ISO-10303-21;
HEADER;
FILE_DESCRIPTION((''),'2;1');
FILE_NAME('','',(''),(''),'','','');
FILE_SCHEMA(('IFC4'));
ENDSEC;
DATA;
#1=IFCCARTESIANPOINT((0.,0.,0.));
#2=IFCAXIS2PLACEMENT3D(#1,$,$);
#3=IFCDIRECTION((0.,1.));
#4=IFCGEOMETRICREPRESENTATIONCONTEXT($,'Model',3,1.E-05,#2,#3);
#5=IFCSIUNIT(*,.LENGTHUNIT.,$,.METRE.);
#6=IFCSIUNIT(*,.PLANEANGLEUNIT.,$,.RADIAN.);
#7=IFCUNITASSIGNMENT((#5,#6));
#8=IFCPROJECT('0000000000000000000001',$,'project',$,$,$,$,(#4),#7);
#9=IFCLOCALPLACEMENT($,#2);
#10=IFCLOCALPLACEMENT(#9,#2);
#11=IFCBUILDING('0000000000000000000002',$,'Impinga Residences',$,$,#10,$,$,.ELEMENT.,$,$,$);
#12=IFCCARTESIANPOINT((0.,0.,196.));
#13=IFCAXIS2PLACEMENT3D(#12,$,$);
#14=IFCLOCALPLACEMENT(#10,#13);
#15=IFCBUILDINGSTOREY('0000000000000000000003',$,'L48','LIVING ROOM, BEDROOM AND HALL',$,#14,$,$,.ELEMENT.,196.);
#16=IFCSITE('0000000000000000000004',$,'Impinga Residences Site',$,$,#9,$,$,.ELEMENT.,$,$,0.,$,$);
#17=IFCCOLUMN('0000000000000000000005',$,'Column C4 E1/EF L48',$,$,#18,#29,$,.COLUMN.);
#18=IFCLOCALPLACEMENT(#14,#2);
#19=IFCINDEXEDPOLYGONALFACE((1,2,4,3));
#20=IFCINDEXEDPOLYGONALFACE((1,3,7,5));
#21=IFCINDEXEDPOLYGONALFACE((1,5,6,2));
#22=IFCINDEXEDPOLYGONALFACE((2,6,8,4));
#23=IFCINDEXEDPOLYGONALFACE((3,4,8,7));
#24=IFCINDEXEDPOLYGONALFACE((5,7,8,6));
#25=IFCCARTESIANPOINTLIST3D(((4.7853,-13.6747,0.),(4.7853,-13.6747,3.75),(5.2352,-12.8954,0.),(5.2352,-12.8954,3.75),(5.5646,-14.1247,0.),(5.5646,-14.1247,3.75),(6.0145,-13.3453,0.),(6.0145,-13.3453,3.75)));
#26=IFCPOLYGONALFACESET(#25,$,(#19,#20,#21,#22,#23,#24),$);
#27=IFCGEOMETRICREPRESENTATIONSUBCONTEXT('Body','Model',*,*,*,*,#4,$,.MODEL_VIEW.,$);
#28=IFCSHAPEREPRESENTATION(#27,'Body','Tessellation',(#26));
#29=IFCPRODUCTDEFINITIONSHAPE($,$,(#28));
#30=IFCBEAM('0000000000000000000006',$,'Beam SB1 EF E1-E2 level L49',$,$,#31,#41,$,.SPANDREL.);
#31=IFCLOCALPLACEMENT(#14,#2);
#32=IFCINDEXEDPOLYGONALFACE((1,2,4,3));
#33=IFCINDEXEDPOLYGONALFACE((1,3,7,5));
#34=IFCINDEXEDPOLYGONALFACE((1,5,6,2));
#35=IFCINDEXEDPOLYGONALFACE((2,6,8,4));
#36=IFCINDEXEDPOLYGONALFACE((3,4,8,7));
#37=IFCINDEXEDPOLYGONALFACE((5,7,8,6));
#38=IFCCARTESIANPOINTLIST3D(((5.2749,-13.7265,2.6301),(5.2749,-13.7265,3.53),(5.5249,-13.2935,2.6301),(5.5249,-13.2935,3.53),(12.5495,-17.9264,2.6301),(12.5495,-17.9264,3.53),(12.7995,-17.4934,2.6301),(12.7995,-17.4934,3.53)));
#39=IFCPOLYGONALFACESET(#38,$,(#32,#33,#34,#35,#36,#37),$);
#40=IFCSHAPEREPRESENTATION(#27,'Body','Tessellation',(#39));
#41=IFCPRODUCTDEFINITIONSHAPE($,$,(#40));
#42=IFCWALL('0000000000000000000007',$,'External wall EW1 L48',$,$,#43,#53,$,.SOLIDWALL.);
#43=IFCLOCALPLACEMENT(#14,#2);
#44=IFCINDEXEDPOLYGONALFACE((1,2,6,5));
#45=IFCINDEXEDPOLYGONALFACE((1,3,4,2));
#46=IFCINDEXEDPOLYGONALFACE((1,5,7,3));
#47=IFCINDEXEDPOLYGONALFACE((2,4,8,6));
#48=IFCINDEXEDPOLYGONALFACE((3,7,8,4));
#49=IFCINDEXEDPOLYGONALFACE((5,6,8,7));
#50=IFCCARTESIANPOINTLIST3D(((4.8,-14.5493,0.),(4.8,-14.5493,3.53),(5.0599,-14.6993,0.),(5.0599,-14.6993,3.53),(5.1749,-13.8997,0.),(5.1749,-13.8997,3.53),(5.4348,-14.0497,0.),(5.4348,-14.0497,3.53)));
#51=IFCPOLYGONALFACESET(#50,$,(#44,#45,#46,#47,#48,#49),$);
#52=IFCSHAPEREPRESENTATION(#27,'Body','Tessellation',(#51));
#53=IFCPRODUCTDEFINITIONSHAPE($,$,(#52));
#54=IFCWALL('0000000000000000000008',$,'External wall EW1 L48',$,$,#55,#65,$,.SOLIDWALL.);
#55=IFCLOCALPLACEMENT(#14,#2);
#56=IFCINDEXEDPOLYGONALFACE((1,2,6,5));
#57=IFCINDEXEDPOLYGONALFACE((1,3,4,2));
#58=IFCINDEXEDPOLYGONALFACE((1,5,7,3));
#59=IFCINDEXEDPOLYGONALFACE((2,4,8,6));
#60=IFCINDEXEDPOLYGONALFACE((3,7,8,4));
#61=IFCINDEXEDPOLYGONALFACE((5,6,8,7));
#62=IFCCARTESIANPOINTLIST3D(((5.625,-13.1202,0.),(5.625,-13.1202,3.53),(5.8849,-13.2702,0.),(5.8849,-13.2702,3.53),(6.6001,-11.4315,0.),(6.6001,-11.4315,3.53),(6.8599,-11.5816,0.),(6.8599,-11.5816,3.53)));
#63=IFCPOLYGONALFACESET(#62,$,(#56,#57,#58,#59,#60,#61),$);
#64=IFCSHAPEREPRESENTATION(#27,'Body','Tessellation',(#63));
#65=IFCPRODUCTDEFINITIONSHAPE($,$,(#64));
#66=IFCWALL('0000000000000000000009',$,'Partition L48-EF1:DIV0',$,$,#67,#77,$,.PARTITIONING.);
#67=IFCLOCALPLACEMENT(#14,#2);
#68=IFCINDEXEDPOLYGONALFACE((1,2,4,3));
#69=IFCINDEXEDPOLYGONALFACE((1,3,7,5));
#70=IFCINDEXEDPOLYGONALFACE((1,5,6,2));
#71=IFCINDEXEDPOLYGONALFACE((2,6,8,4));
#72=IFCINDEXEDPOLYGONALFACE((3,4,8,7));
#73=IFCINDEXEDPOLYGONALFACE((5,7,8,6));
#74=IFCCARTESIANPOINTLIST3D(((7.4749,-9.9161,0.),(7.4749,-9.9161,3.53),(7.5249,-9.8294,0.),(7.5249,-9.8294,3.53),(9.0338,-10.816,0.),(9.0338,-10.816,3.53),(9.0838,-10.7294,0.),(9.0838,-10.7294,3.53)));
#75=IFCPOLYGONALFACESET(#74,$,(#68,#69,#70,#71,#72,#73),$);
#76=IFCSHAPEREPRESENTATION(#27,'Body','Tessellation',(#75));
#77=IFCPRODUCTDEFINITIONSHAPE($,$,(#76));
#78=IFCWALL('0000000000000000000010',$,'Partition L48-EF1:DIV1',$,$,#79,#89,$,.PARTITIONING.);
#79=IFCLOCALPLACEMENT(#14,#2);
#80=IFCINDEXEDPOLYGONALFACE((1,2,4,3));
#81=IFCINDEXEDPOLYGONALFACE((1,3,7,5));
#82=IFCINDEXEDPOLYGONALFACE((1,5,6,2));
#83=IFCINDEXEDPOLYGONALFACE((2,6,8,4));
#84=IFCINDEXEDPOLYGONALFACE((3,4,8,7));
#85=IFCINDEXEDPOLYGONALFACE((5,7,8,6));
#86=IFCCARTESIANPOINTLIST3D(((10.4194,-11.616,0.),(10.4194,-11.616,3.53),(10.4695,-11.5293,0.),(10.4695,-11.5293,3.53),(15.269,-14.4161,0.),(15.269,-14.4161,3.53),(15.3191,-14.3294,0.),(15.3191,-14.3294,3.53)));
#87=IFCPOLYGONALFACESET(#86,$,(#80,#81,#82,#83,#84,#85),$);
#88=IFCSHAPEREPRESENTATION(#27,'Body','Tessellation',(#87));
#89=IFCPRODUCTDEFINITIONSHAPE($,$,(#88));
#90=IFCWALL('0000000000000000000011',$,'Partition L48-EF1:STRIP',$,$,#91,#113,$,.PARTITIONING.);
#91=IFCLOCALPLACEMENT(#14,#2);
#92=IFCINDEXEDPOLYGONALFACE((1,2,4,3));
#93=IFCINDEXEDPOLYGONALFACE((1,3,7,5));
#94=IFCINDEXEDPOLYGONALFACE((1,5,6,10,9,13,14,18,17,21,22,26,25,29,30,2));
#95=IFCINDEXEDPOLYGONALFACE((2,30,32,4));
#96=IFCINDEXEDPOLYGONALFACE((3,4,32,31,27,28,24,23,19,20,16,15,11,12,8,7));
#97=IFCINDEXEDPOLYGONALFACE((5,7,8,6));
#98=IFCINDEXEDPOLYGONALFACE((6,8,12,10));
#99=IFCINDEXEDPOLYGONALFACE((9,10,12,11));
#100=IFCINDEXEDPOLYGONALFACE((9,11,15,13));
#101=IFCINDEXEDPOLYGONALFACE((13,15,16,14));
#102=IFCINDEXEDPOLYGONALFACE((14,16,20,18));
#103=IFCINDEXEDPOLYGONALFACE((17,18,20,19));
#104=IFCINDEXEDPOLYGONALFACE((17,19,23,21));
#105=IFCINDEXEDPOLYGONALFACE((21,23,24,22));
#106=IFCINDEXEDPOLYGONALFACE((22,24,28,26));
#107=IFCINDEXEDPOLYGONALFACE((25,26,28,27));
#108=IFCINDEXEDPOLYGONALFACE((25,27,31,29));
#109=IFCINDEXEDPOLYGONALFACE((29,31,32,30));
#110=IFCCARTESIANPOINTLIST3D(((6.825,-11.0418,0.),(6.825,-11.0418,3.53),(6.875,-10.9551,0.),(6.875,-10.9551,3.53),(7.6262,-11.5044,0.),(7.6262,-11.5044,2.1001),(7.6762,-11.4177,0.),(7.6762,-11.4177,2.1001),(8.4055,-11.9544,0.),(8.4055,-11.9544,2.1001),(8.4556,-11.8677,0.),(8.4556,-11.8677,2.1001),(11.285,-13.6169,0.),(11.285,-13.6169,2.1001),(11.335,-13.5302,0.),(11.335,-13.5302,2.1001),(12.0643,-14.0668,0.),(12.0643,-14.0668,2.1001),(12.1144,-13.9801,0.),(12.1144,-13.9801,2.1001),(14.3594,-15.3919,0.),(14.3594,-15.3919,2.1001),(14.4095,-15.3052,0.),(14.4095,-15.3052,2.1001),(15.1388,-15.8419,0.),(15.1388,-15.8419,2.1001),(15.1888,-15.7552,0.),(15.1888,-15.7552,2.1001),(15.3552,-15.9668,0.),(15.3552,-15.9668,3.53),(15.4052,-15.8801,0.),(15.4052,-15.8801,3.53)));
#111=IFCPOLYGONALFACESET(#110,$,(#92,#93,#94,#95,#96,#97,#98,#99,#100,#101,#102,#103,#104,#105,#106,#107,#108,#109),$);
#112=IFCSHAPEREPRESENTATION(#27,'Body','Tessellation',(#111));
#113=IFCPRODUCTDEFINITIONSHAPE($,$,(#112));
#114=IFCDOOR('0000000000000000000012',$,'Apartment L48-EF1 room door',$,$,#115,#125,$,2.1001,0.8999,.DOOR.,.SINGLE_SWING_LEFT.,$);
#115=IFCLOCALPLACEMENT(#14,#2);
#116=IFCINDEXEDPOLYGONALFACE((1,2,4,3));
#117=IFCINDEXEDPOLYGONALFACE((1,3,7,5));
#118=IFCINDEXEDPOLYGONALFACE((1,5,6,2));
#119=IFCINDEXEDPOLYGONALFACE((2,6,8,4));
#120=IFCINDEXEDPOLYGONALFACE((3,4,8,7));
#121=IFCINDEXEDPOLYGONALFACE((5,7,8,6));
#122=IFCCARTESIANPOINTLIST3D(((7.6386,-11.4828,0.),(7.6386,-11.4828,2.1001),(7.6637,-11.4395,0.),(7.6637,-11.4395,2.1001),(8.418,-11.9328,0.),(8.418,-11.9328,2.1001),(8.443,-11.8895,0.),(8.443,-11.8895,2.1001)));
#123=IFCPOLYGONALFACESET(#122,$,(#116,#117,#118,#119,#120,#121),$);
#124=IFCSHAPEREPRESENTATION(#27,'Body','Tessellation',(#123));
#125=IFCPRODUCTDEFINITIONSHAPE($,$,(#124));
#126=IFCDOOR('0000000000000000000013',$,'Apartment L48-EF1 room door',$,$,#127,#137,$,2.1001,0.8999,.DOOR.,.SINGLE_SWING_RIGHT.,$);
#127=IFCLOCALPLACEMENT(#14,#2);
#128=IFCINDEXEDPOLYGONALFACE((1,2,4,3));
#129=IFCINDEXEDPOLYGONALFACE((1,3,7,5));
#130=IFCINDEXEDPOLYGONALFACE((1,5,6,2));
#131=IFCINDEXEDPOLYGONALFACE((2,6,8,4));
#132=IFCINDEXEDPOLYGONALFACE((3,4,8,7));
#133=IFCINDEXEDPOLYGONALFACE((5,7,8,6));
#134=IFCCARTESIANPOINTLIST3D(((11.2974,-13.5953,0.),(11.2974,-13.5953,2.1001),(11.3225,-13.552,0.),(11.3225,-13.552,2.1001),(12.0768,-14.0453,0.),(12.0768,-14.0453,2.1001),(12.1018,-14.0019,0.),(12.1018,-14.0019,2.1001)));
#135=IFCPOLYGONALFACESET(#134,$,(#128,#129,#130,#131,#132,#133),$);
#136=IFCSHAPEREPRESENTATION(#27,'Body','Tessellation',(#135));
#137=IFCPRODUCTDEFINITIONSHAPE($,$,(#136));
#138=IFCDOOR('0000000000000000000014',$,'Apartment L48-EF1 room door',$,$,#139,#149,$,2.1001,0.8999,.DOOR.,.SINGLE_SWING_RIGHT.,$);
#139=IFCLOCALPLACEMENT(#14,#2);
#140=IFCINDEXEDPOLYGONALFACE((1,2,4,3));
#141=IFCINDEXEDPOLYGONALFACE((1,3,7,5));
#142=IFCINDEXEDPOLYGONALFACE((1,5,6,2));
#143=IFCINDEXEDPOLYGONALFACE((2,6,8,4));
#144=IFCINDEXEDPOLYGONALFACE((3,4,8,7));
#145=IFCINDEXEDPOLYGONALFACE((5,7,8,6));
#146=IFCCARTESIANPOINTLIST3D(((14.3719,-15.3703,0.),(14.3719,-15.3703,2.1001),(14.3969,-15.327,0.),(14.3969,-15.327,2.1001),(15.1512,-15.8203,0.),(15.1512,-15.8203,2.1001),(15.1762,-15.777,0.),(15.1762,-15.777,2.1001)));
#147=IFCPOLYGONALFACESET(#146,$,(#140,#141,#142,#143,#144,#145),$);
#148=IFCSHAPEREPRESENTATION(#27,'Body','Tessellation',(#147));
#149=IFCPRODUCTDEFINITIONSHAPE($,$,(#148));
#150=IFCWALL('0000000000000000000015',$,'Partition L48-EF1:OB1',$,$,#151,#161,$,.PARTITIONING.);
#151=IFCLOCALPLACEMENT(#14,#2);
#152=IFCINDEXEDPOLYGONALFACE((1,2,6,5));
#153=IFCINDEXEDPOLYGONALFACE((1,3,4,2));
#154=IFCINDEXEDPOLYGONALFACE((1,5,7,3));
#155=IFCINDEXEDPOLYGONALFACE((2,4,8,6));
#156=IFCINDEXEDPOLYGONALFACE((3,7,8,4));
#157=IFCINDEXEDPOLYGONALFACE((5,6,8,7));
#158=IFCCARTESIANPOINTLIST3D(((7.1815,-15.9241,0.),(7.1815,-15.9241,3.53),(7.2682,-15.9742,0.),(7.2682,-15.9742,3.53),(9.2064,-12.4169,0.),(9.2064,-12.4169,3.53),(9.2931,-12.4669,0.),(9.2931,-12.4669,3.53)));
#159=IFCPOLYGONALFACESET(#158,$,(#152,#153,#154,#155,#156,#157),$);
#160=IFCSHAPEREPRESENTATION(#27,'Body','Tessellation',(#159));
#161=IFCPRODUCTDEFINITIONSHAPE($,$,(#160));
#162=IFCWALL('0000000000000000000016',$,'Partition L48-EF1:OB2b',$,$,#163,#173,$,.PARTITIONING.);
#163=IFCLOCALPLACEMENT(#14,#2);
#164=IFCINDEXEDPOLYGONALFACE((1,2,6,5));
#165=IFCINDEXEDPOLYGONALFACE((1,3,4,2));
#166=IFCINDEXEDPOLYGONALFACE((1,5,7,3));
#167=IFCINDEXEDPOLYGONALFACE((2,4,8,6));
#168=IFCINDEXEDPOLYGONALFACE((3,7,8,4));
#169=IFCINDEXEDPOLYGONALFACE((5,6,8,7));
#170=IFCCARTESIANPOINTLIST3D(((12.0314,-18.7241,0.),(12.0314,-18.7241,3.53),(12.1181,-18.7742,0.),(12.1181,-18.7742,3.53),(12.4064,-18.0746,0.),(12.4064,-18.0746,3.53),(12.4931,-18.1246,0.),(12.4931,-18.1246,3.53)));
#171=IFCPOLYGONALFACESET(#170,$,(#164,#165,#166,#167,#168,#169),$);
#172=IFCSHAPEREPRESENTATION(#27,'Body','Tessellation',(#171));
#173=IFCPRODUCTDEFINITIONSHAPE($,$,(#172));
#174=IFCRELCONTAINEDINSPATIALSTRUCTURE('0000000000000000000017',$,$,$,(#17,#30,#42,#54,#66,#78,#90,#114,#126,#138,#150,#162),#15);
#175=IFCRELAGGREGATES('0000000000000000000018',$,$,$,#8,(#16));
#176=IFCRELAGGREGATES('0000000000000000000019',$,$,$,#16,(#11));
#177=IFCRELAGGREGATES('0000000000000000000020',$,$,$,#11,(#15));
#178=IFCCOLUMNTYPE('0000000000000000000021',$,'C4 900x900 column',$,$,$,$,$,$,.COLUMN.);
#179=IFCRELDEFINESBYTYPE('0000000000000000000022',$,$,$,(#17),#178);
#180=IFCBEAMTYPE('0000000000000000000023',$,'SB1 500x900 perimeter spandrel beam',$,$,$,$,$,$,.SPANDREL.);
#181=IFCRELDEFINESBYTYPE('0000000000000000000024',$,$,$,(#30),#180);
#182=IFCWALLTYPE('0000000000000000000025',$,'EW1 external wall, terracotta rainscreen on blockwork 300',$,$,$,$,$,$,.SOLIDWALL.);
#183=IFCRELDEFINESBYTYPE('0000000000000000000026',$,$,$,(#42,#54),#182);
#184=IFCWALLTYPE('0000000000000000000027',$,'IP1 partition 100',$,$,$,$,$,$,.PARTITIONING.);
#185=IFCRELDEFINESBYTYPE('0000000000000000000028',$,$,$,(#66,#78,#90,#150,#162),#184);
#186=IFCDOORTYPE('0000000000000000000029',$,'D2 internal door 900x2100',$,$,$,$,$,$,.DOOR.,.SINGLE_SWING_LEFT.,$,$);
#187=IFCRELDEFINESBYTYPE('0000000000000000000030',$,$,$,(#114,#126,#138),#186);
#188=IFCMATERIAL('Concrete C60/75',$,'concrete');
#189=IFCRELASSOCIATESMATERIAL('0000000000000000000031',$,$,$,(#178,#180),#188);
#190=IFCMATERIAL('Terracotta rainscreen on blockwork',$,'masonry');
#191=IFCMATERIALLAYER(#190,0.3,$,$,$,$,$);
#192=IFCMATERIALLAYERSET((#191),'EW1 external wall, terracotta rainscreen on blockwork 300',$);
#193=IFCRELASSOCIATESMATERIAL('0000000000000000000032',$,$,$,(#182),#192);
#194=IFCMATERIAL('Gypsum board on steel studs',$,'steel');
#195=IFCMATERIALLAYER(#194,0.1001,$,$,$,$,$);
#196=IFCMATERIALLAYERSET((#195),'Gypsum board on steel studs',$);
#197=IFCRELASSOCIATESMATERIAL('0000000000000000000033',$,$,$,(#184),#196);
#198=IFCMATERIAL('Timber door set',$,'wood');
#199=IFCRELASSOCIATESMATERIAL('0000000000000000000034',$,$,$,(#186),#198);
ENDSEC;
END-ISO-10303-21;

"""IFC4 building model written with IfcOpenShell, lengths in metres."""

from ifc_helpers import new_model, si_unit, direction, frame, frame_2d, origin, origin_2d, place, context, subcontext, project, spatial, rectangle, extrude, material, layer, layer_set, material_profile, profile_set, type_object, element, fill, save


model = new_model("IFC4")

# Units and contexts
model_context = context("Model", 3, precision=1e-05, world=origin(), true_north=direction((0.0, 1.0)))
body_context = subcontext(model_context, "Body", "Model", "MODEL_VIEW")
ifc_project = project(units=[si_unit("LENGTHUNIT", "METRE"), si_unit("PLANEANGLEUNIT", "RADIAN")], contexts=[model_context])

# Site, building, storey
site_placement = place(None, origin())
site = spatial("IfcSite", under=ifc_project, at=site_placement, Name="Impinga Residences Site", CompositionType="ELEMENT", RefElevation=0.0)
building_placement = place(site_placement, origin())
building = spatial("IfcBuilding", under=site, at=building_placement, Name="Impinga Residences", CompositionType="ELEMENT")
storey_placement = place(building_placement, frame((0.0, 0.0, 196.0)))
storey = spatial("IfcBuildingStorey", under=building, at=storey_placement, Name="L48", Description="LIVING ROOM, BEDROOM AND HALL", CompositionType="ELEMENT", Elevation=196.0)

# Column
ifc_material_1 = material(Name="Concrete C60/75", Category="concrete")
ifc_material_profile_1 = material_profile(ifc_material_1, rectangle(XDim=0.8999, YDim=0.8999, at=origin_2d()), Name="RC 900x900")
ifc_profile_set_1 = profile_set([ifc_material_profile_1], Name="Concrete C60/75")
column_type = type_object("IfcColumnType", Name="C4 900x900 column", PredefinedType="COLUMN", material=ifc_profile_set_1)
column_placement = place(storey_placement, frame((5.3999, -13.51, 0.0), z_axis=(0.0, 0.0, 1.0), x_axis=(-0.5, -0.866025, 0.0)))
element("IfcColumn", 1, at=column_placement, inside=storey, type_object=column_type, Name="Column C4 E1/EF L48", PredefinedType="COLUMN", context=body_context, shape_type="SweptSolid", body=[
    extrude(rectangle(XDim=0.8999, YDim=0.8999, at=origin_2d()), origin(), (0.0, 0.0, 1.0), 3.75),
])

# Beam
ifc_material_profile_2 = material_profile(ifc_material_1, rectangle(XDim=0.5, YDim=0.8999, at=origin_2d()), Name="RC 500x900")
ifc_profile_set_2 = profile_set([ifc_material_profile_2], Name="Concrete C60/75")
beam_type = type_object("IfcBeamType", Name="SB1 500x900 perimeter spandrel beam", PredefinedType="SPANDREL", material=ifc_profile_set_2)
beam_placement = place(storey_placement, frame((5.3999, -13.51, 3.0801), z_axis=(0.866029, -0.499993, 0.0), x_axis=(0.499993, 0.866029, 0.0)))
element("IfcBeam", 2, at=beam_placement, inside=storey, type_object=beam_type, Name="Beam SB1 EF E1-E2 level L49", PredefinedType="SPANDREL", context=body_context, shape_type="SweptSolid", body=[
    extrude(rectangle(XDim=0.5, YDim=0.8999, at=origin_2d()), origin(), (0.0, 0.0, 1.0), 8.3999),
])

# Walls
ifc_material_2 = material(Name="Terracotta rainscreen on blockwork", Category="masonry")
ifc_layer_1 = layer(ifc_material_2, 0.3)
ifc_layer_set_1 = layer_set([ifc_layer_1], Name="EW1 external wall, terracotta rainscreen on blockwork 300")
wall_type_1 = type_object("IfcWallType", Name="EW1 external wall, terracotta rainscreen on blockwork 300", PredefinedType="SOLIDWALL", material=ifc_layer_set_1)
wall_1_placement = place(storey_placement, frame((4.9299, -14.6243, 0.0), z_axis=(0.0, 0.0, 1.0), x_axis=(0.49992, 0.866072, 0.0)))
element("IfcWall", 3, at=wall_1_placement, inside=storey, type_object=wall_type_1, Name="External wall EW1 L48", PredefinedType="SOLIDWALL", context=body_context, shape_type="SweptSolid", body=[
    extrude(rectangle(XDim=0.75, YDim=0.3, at=frame_2d((0.375, 0.0))), origin(), (0.0, 0.0, 1.0), 3.53),
])
wall_2_placement = place(storey_placement, frame((5.7549, -13.1953, 0.0), z_axis=(0.0, 0.0, 1.0), x_axis=(0.500044, 0.866, 0.0)))
element("IfcWall", 4, at=wall_2_placement, inside=storey, type_object=wall_type_1, Name="External wall EW1 L48", PredefinedType="SOLIDWALL", context=body_context, shape_type="SweptSolid", body=[
    extrude(rectangle(XDim=1.95, YDim=0.3, at=frame_2d((0.9751, 0.0))), origin(), (0.0, 0.0, 1.0), 3.53),
])
ifc_material_3 = material(Name="Gypsum board on steel studs", Category="steel")
ifc_layer_2 = layer(ifc_material_3, 0.1001)
ifc_layer_set_2 = layer_set([ifc_layer_2], Name="Gypsum board on steel studs")
wall_type_2 = type_object("IfcWallType", Name="IP1 partition 100", PredefinedType="PARTITIONING", material=ifc_layer_set_2)
wall_3_placement = place(storey_placement, frame((7.5, -9.8728, 0.0), z_axis=(0.0, 0.0, 1.0), x_axis=(0.866048, -0.499961, 0.0)))
element("IfcWall", 5, at=wall_3_placement, inside=storey, type_object=wall_type_2, Name="Partition L48-EF1:DIV0", PredefinedType="PARTITIONING", context=body_context, shape_type="SweptSolid", body=[
    extrude(rectangle(XDim=1.8, YDim=0.1001, at=frame_2d((0.8999, 0.0))), origin(), (0.0, 0.0, 1.0), 3.53),
])
wall_4_placement = place(storey_placement, frame((10.4446, -11.5728, 0.0), z_axis=(0.0, 0.0, 1.0), x_axis=(0.866016, -0.500017, 0.0)))
element("IfcWall", 6, at=wall_4_placement, inside=storey, type_object=wall_type_2, Name="Partition L48-EF1:DIV1", PredefinedType="PARTITIONING", context=body_context, shape_type="SweptSolid", body=[
    extrude(rectangle(XDim=5.5999, YDim=0.1001, at=frame_2d((2.7998, 0.0))), origin(), (0.0, 0.0, 1.0), 3.53),
])

# Wall, openings, doors
wall_5_placement = place(storey_placement, frame((6.8501, -10.9985, 0.0), z_axis=(0.0, 0.0, 1.0), x_axis=(0.866021, -0.500007, 0.0)))
wall_5 = element("IfcWall", 7, at=wall_5_placement, inside=storey, type_object=wall_type_2, Name="Partition L48-EF1:STRIP", PredefinedType="PARTITIONING", context=body_context, shape_type="SweptSolid", body=[
    extrude(rectangle(XDim=9.8499, YDim=0.1001, at=frame_2d((4.9248, 0.0))), origin(), (0.0, 0.0, 1.0), 3.53),
])
opening_1_placement = place(wall_5_placement, frame((0.925, 0.0, 0.0)))
opening_1 = element("IfcOpeningElement", 8, at=opening_1_placement, cuts=wall_5, PredefinedType="OPENING", context=body_context, shape_type="SweptSolid", body=[
    extrude(rectangle(XDim=0.8999, YDim=2.1001, at=frame_2d((0.45, 1.05))), frame((0.0, 0.0601, 0.0), z_axis=(0.0, -1.0, 0.0), x_axis=(1.0, 0.0, 0.0)), (0.0, 0.0, 1.0), 0.1201),
])
opening_2_placement = place(wall_5_placement, frame((5.1499, 0.0, 0.0)))
opening_2 = element("IfcOpeningElement", 9, at=opening_2_placement, cuts=wall_5, PredefinedType="OPENING", context=body_context, shape_type="SweptSolid", body=[
    extrude(rectangle(XDim=0.8999, YDim=2.1001, at=frame_2d((0.45, 1.05))), frame((0.0, 0.0601, 0.0), z_axis=(0.0, -1.0, 0.0), x_axis=(1.0, 0.0, 0.0)), (0.0, 0.0, 1.0), 0.1201),
])
opening_3_placement = place(wall_5_placement, frame((8.7, 0.0, 0.0)))
opening_3 = element("IfcOpeningElement", 10, at=opening_3_placement, cuts=wall_5, PredefinedType="OPENING", context=body_context, shape_type="SweptSolid", body=[
    extrude(rectangle(XDim=0.8999, YDim=2.1001, at=frame_2d((0.45, 1.05))), frame((0.0, 0.0601, 0.0), z_axis=(0.0, -1.0, 0.0), x_axis=(1.0, 0.0, 0.0)), (0.0, 0.0, 1.0), 0.1201),
])
ifc_material_4 = material(Name="Timber door set", Category="wood")
door_type = type_object("IfcDoorType", Name="D2 internal door 900x2100", OperationType="SINGLE_SWING_LEFT", PredefinedType="DOOR", material=ifc_material_4)
door_1_placement = place(opening_1_placement, origin())
door_1 = element("IfcDoor", 11, at=door_1_placement, inside=storey, type_object=door_type, Name="Apartment L48-EF1 room door", OperationType="SINGLE_SWING_LEFT", OverallHeight=2.1001, OverallWidth=0.8999, PredefinedType="DOOR", context=body_context, shape_type="SweptSolid", body=[
    extrude(rectangle(XDim=0.8999, YDim=2.1001, at=frame_2d((0.45, 1.05))), frame((0.0, 0.0249, 0.0), z_axis=(0.0, -1.0, 0.0), x_axis=(1.0, 0.0, 0.0)), (0.0, 0.0, 1.0), 0.05),
])
fill(opening_1, door_1)
door_2_placement = place(opening_2_placement, origin())
door_2 = element("IfcDoor", 12, at=door_2_placement, inside=storey, type_object=door_type, Name="Apartment L48-EF1 room door", OperationType="SINGLE_SWING_RIGHT", OverallHeight=2.1001, OverallWidth=0.8999, PredefinedType="DOOR", context=body_context, shape_type="SweptSolid", body=[
    extrude(rectangle(XDim=0.8999, YDim=2.1001, at=frame_2d((0.45, 1.05))), frame((0.0, 0.0249, 0.0), z_axis=(0.0, -1.0, 0.0), x_axis=(1.0, 0.0, 0.0)), (0.0, 0.0, 1.0), 0.05),
])
fill(opening_2, door_2)
door_3_placement = place(opening_3_placement, origin())
door_3 = element("IfcDoor", 13, at=door_3_placement, inside=storey, type_object=door_type, Name="Apartment L48-EF1 room door", OperationType="SINGLE_SWING_RIGHT", OverallHeight=2.1001, OverallWidth=0.8999, PredefinedType="DOOR", context=body_context, shape_type="SweptSolid", body=[
    extrude(rectangle(XDim=0.8999, YDim=2.1001, at=frame_2d((0.45, 1.05))), frame((0.0, 0.0249, 0.0), z_axis=(0.0, -1.0, 0.0), x_axis=(1.0, 0.0, 0.0)), (0.0, 0.0, 1.0), 0.05),
])
fill(opening_3, door_3)

# Walls
wall_6_placement = place(storey_placement, frame((9.2498, -12.4419, 0.0), z_axis=(0.0, 0.0, 1.0), x_axis=(-0.49999, -0.866031, 0.0)))
element("IfcWall", 14, at=wall_6_placement, inside=storey, type_object=wall_type_2, Name="Partition L48-EF1:OB1", PredefinedType="PARTITIONING", context=body_context, shape_type="SweptSolid", body=[
    extrude(rectangle(XDim=4.0498, YDim=0.1001, at=frame_2d((2.0249, 0.0))), origin(), (0.0, 0.0, 1.0), 3.53),
])
wall_7_placement = place(storey_placement, frame((12.4497, -18.0996, 0.0), z_axis=(0.0, 0.0, 1.0), x_axis=(-0.49992, -0.866072, 0.0)))
element("IfcWall", 15, at=wall_7_placement, inside=storey, type_object=wall_type_2, Name="Partition L48-EF1:OB2b", PredefinedType="PARTITIONING", context=body_context, shape_type="SweptSolid", body=[
    extrude(rectangle(XDim=0.75, YDim=0.1001, at=frame_2d((0.375, 0.0))), origin(), (0.0, 0.0, 1.0), 3.53),
])

save(model, "model.ifc")
